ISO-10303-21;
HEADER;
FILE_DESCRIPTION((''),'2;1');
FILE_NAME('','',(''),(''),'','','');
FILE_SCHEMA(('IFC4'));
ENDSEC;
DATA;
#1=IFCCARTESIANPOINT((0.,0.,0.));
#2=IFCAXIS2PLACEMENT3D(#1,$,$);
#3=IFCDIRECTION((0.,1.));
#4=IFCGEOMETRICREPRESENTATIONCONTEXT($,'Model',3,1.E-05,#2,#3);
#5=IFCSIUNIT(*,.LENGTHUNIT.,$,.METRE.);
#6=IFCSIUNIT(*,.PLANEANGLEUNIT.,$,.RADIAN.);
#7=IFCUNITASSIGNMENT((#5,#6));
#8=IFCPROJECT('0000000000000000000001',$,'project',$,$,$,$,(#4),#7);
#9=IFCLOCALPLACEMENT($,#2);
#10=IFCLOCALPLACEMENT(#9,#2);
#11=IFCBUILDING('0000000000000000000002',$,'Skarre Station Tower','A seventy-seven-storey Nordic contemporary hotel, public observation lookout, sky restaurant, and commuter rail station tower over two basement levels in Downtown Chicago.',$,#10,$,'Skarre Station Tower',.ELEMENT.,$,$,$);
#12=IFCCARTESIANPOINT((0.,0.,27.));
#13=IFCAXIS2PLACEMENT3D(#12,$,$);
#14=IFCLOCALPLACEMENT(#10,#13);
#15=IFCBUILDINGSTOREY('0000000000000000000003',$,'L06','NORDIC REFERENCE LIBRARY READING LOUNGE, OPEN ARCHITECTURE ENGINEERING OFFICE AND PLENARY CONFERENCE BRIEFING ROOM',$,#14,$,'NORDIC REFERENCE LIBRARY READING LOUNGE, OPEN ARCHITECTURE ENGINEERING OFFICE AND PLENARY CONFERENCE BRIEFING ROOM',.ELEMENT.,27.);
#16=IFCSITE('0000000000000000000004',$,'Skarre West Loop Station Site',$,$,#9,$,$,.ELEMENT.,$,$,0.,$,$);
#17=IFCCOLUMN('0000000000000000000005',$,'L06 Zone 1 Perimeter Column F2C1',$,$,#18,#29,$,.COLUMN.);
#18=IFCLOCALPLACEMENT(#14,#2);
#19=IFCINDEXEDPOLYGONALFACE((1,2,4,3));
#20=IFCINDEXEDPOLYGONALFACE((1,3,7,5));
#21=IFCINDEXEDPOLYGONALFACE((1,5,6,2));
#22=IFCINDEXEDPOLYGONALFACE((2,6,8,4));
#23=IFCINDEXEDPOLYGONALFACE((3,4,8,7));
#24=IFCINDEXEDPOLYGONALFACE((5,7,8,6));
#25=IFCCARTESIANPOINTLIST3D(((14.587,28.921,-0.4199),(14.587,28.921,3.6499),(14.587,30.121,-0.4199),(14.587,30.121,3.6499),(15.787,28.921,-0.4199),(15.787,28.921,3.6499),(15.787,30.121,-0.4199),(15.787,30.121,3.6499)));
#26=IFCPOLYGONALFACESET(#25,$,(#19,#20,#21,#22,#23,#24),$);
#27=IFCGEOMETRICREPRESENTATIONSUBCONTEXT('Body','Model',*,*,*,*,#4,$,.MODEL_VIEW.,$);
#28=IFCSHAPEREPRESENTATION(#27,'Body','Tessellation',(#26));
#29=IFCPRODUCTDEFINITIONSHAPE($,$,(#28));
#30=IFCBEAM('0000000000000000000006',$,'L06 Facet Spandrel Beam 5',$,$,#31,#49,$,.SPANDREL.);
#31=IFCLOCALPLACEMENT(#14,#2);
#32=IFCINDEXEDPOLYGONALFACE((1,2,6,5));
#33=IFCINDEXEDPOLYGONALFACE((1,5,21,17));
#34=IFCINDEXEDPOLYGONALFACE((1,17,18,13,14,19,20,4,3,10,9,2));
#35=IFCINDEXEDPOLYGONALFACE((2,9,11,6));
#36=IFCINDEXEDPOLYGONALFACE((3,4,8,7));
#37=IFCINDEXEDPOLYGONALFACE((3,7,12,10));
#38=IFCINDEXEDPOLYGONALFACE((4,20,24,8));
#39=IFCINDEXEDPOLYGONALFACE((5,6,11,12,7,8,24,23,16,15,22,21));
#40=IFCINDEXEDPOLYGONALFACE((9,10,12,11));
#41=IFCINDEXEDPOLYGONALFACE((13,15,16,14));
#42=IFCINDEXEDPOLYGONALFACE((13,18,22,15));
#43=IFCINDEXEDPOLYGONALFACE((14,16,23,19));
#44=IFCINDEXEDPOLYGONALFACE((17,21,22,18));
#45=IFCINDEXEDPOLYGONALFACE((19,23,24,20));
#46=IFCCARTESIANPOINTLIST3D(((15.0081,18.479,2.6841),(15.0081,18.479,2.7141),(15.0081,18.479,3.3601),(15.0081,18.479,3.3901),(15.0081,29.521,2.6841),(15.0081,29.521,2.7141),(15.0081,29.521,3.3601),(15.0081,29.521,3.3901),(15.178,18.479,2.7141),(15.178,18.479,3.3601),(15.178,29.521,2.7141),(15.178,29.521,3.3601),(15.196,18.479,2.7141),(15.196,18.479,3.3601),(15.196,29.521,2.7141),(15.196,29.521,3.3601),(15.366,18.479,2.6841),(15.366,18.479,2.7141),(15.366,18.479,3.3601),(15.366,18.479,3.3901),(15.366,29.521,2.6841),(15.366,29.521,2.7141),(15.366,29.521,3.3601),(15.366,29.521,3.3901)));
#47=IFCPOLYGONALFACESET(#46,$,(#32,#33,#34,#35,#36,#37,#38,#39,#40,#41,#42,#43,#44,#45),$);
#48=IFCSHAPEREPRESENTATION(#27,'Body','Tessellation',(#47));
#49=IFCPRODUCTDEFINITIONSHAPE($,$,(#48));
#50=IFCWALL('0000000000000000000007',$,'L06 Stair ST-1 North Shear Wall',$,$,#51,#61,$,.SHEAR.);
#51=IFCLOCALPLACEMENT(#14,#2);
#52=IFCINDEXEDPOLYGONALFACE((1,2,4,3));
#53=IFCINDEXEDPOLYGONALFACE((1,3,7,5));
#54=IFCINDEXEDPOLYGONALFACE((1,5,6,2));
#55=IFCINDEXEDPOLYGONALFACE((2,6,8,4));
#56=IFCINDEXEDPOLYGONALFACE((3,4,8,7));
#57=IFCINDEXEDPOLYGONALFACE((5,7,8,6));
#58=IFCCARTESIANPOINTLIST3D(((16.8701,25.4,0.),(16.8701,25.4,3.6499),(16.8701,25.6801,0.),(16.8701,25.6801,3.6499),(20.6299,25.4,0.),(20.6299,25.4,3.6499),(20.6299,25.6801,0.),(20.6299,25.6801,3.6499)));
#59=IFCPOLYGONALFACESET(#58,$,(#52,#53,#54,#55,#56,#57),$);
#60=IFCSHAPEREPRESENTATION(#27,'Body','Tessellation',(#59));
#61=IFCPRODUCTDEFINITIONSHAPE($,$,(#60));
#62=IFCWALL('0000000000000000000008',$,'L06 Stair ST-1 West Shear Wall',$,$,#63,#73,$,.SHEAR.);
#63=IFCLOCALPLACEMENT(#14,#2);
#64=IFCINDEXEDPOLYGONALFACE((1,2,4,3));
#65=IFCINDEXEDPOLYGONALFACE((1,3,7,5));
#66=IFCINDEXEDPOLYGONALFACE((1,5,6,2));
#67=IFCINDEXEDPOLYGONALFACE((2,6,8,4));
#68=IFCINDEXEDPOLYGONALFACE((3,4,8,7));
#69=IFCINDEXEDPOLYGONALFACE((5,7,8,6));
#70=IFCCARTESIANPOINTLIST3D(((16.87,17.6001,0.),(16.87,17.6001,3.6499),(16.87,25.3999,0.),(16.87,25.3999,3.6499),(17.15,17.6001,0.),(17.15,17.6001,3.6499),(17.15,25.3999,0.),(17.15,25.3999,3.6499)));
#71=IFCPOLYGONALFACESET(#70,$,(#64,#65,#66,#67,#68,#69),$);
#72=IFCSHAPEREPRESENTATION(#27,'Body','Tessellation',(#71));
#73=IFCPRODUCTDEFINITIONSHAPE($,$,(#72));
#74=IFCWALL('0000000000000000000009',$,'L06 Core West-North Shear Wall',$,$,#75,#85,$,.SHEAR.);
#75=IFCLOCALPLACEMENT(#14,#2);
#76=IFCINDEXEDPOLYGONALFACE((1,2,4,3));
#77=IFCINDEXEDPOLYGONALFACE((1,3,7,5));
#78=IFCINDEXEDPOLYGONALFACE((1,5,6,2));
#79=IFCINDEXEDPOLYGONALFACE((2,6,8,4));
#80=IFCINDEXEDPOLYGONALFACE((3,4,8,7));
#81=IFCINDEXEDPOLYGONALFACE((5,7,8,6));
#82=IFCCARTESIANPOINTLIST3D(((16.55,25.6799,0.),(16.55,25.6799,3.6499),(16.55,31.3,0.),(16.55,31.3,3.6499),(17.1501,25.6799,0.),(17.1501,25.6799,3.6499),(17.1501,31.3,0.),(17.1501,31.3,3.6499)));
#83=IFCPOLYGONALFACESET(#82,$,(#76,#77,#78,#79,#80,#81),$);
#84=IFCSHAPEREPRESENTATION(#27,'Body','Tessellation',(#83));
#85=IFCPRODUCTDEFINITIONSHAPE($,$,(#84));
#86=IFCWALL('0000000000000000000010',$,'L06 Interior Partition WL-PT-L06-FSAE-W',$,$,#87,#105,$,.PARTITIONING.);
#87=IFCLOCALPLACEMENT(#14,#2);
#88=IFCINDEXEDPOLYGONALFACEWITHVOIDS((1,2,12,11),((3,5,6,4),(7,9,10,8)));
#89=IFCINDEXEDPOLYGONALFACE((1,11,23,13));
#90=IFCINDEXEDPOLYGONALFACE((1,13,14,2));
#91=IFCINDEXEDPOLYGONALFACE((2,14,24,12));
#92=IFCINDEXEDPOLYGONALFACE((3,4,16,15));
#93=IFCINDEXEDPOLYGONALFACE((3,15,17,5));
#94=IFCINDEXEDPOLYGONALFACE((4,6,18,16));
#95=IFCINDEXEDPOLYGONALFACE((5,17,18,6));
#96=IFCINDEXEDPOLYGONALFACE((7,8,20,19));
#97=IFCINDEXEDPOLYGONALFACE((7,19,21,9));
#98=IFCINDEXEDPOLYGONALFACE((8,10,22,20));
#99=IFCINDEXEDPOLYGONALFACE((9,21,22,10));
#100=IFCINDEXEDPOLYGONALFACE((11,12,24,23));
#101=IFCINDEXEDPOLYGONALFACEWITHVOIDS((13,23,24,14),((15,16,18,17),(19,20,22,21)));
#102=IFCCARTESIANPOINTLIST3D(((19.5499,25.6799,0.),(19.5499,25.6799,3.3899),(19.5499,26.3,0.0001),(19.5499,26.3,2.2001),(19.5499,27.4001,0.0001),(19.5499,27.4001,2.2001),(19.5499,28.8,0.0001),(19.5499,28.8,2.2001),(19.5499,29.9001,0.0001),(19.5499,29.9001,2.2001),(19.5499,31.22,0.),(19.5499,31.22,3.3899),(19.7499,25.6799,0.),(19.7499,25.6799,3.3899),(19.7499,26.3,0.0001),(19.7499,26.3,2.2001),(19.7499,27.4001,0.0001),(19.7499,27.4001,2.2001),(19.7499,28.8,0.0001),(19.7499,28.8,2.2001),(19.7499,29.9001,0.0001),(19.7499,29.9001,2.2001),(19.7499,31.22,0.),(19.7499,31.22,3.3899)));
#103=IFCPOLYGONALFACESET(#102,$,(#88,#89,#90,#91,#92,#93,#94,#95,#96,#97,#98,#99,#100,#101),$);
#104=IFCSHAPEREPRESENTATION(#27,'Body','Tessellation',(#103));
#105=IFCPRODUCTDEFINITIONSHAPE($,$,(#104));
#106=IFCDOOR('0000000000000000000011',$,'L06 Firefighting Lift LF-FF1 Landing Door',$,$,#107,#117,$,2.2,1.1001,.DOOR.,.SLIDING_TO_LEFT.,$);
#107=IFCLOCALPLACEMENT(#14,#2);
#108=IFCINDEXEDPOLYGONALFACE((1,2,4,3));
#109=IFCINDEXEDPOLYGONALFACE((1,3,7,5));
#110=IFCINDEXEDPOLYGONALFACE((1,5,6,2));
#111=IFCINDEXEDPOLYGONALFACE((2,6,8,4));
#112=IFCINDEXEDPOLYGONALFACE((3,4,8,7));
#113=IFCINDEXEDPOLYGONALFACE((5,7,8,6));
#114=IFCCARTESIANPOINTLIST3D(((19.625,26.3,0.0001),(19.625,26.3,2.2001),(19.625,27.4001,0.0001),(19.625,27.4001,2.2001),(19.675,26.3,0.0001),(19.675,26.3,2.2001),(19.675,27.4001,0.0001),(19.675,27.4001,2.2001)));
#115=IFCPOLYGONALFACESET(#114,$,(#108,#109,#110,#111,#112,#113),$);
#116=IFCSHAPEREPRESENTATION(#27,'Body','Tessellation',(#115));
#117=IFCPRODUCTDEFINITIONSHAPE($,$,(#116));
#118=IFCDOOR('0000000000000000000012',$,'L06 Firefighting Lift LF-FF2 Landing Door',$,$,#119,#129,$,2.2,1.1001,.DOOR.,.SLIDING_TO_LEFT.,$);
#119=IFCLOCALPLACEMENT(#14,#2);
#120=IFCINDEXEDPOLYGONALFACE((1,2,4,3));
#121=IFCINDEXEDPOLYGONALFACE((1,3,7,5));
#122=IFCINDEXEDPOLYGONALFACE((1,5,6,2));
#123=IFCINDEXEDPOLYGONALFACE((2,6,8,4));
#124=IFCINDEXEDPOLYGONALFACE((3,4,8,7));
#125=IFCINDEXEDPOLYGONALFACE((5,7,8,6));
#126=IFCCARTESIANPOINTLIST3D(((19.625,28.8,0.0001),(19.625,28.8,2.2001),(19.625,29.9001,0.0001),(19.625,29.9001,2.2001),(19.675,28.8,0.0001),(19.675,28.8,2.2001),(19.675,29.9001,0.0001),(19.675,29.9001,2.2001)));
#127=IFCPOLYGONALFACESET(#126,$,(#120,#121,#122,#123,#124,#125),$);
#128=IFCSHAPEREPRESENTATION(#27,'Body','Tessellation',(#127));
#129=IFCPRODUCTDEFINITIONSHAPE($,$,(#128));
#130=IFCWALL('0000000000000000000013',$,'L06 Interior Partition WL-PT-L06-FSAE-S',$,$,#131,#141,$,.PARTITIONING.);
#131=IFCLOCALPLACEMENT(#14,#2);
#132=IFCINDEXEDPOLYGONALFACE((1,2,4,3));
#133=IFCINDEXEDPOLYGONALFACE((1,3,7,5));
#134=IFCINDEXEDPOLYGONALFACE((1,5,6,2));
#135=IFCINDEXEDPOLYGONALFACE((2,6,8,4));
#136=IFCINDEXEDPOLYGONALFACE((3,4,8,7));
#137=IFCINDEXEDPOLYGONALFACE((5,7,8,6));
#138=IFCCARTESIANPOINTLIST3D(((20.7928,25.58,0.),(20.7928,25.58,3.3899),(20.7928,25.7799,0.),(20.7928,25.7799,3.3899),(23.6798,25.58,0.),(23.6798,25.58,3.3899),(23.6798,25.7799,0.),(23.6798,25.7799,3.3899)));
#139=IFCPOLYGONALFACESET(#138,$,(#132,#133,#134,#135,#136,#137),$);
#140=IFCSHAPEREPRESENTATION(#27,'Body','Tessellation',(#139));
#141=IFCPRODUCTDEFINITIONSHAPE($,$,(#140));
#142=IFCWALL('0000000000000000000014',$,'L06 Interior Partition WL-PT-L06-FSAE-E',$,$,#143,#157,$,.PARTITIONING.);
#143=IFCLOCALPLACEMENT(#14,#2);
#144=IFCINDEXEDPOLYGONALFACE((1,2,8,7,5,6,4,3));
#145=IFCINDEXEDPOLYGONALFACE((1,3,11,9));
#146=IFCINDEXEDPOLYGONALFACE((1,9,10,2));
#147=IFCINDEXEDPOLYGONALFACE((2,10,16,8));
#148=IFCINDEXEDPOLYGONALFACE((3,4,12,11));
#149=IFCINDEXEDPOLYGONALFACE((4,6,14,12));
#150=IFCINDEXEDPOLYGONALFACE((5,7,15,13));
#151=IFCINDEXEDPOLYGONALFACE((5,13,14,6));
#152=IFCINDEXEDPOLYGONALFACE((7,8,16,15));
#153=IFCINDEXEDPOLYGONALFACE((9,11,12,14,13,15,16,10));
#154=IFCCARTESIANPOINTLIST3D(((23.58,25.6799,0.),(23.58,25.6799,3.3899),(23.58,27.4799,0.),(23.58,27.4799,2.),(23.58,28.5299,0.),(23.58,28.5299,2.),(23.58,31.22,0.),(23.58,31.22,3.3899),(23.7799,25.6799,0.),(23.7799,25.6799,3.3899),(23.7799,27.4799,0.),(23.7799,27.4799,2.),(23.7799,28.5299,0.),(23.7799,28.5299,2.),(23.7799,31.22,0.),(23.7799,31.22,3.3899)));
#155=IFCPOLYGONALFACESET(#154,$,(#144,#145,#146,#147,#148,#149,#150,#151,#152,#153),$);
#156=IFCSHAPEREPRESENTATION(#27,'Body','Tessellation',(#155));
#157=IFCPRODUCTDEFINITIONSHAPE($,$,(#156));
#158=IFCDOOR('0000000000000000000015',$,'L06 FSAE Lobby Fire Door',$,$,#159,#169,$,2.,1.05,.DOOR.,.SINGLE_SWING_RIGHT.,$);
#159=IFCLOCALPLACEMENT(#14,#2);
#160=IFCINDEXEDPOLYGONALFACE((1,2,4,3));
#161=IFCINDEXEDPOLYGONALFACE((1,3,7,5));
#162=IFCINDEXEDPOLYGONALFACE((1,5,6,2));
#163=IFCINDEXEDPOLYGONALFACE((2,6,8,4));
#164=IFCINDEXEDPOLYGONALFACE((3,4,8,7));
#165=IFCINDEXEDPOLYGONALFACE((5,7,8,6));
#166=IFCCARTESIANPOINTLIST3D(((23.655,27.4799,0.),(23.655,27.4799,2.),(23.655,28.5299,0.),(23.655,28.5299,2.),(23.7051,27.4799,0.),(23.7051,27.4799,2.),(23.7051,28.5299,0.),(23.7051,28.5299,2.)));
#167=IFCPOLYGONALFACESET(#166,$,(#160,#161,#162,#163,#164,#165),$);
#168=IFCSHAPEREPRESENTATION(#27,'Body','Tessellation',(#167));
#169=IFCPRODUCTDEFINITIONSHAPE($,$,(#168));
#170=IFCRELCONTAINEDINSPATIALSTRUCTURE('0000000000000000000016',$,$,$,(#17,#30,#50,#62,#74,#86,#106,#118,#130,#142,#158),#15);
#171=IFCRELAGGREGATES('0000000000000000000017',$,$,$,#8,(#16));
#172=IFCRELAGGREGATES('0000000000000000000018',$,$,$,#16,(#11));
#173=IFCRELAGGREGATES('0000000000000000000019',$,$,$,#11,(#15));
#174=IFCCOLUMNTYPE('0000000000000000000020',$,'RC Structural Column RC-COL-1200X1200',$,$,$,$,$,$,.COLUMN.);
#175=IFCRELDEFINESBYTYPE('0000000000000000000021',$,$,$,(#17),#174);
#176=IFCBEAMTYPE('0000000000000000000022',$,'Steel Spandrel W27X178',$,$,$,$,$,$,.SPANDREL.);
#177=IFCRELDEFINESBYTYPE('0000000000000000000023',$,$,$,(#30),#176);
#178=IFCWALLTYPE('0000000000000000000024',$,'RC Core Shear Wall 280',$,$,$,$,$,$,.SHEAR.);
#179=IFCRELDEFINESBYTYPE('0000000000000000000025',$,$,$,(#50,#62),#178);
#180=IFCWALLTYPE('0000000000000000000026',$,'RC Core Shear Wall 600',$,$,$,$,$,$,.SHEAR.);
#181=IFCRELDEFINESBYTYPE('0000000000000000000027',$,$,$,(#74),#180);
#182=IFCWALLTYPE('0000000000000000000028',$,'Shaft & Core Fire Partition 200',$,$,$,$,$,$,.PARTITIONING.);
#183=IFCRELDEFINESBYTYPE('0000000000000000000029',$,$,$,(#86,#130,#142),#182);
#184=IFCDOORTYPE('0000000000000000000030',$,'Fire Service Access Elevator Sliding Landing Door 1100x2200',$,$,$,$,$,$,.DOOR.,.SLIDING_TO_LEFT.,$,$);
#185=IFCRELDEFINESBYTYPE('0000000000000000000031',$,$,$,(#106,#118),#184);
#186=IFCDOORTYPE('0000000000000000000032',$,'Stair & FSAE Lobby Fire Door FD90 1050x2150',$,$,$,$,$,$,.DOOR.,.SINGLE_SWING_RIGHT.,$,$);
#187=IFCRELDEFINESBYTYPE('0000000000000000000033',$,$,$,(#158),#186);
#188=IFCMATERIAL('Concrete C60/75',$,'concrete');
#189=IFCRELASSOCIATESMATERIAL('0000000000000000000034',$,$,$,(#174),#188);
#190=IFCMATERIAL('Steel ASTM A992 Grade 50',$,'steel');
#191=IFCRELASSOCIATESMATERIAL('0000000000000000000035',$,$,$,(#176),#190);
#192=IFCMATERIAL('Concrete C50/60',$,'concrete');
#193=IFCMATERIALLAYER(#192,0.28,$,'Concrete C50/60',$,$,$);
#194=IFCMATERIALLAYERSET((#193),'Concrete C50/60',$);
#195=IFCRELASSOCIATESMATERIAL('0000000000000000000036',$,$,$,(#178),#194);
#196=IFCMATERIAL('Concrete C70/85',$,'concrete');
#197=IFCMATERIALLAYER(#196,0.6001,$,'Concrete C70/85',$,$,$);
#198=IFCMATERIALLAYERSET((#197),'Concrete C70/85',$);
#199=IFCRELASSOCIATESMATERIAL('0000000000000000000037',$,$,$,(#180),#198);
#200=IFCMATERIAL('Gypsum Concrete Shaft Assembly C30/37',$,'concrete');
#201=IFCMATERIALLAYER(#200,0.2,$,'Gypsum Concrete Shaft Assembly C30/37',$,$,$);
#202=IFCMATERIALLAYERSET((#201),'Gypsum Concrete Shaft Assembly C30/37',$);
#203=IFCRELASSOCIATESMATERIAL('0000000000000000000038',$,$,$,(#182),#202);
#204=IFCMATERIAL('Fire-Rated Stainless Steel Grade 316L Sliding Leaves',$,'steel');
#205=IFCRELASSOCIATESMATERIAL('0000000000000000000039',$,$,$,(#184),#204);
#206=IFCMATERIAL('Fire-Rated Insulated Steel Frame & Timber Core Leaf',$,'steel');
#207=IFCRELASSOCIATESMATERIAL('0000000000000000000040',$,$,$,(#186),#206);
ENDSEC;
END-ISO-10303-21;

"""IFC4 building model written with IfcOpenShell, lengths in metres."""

from ifc_helpers import new_model, si_unit, direction, frame, frame_2d, origin, origin_2d, place, context, subcontext, project, spatial, rectangle, i_section, extrude, material, layer, layer_set, material_profile, profile_set, type_object, element, fill, save


model = new_model("IFC4")

# Units and contexts
model_context = context("Model", 3, precision=1e-05, world=origin(), true_north=direction((0.0, 1.0)))
body_context = subcontext(model_context, "Body", "Model", "MODEL_VIEW")
ifc_project = project(units=[si_unit("LENGTHUNIT", "METRE"), si_unit("PLANEANGLEUNIT", "RADIAN")], contexts=[model_context])

# Site, building, storey
site_placement = place(None, origin())
site = spatial("IfcSite", under=ifc_project, at=site_placement, Name="Skarre West Loop Station Site", CompositionType="ELEMENT", RefElevation=0.0)
building_placement = place(site_placement, origin())
building = spatial("IfcBuilding", under=site, at=building_placement, Name="Skarre Station Tower", Description="A seventy-seven-storey Nordic contemporary hotel, public observation lookout, sky restaurant, and commuter rail station tower over two basement levels in Downtown Chicago.", LongName="Skarre Station Tower", CompositionType="ELEMENT")
storey_placement = place(building_placement, frame((0.0, 0.0, 27.0)))
storey = spatial("IfcBuildingStorey", under=building, at=storey_placement, Name="L06", Description="NORDIC REFERENCE LIBRARY READING LOUNGE, OPEN ARCHITECTURE ENGINEERING OFFICE AND PLENARY CONFERENCE BRIEFING ROOM", LongName="NORDIC REFERENCE LIBRARY READING LOUNGE, OPEN ARCHITECTURE ENGINEERING OFFICE AND PLENARY CONFERENCE BRIEFING ROOM", CompositionType="ELEMENT", Elevation=27.0)

# Column
ifc_material_1 = material(Name="Concrete C60/75", Category="concrete")
ifc_material_profile_1 = material_profile(ifc_material_1, rectangle(XDim=1.2, YDim=1.2, at=origin_2d()), Name="Concrete C60/75")
ifc_profile_set_1 = profile_set([ifc_material_profile_1], Name="Concrete C60/75")
column_type = type_object("IfcColumnType", Name="RC Structural Column RC-COL-1200X1200", PredefinedType="COLUMN", material=ifc_profile_set_1)
column_placement = place(storey_placement, frame((15.187, 29.521, -0.4199), z_axis=(0.0, 0.0, 1.0), x_axis=(1.0, 0.0, 0.0)))
element("IfcColumn", 1, at=column_placement, inside=storey, type_object=column_type, Name="L06 Zone 1 Perimeter Column F2C1", PredefinedType="COLUMN", context=body_context, shape_type="SweptSolid", body=[
    extrude(rectangle(XDim=1.2, YDim=1.2, at=origin_2d()), origin(), (0.0, 0.0, 1.0), 4.0698),
])

# Beam
ifc_material_2 = material(Name="Steel ASTM A992 Grade 50", Category="steel")
ifc_material_profile_2 = material_profile(ifc_material_2, i_section(OverallWidth=0.3579, OverallDepth=0.7061, WebThickness=0.0181, FlangeThickness=0.03, at=origin_2d()), Name="Steel ASTM A992 Grade 50")
ifc_profile_set_2 = profile_set([ifc_material_profile_2], Name="Steel ASTM A992 Grade 50")
beam_type = type_object("IfcBeamType", Name="Steel Spandrel W27X178", PredefinedType="SPANDREL", material=ifc_profile_set_2)
beam_placement = place(storey_placement, frame((15.187, 29.521, 3.0371), z_axis=(0.0, -1.0, 0.0), x_axis=(1.0, 0.0, 0.0)))
element("IfcBeam", 2, at=beam_placement, inside=storey, type_object=beam_type, Name="L06 Facet Spandrel Beam 5", PredefinedType="SPANDREL", context=body_context, shape_type="SweptSolid", body=[
    extrude(i_section(OverallWidth=0.3579, OverallDepth=0.7061, WebThickness=0.0181, FlangeThickness=0.03, at=origin_2d()), origin(), (0.0, 0.0, 1.0), 11.042),
])

# Walls
ifc_material_3 = material(Name="Concrete C50/60", Category="concrete")
ifc_layer_1 = layer(ifc_material_3, 0.28, Name="Concrete C50/60")
ifc_layer_set_1 = layer_set([ifc_layer_1], Name="Concrete C50/60")
wall_type_1 = type_object("IfcWallType", Name="RC Core Shear Wall 280", PredefinedType="SHEAR", material=ifc_layer_set_1)
wall_1_placement = place(storey_placement, frame((20.6299, 25.54, 0.0), z_axis=(0.0, 0.0, 1.0), x_axis=(-1.0, 0.0, 0.0)))
element("IfcWall", 3, at=wall_1_placement, inside=storey, type_object=wall_type_1, Name="L06 Stair ST-1 North Shear Wall", PredefinedType="SHEAR", context=body_context, shape_type="SweptSolid", body=[
    extrude(rectangle(XDim=3.7598, YDim=0.28, at=frame_2d((1.8799, 0.0))), origin(), (0.0, 0.0, 1.0), 3.6499),
])
wall_2_placement = place(storey_placement, frame((17.01, 25.3999, 0.0), z_axis=(0.0, 0.0, 1.0), x_axis=(0.0, -1.0, 0.0)))
element("IfcWall", 4, at=wall_2_placement, inside=storey, type_object=wall_type_1, Name="L06 Stair ST-1 West Shear Wall", PredefinedType="SHEAR", context=body_context, shape_type="SweptSolid", body=[
    extrude(rectangle(XDim=7.7998, YDim=0.28, at=frame_2d((3.8999, 0.0))), origin(), (0.0, 0.0, 1.0), 3.6499),
])
ifc_material_4 = material(Name="Concrete C70/85", Category="concrete")
ifc_layer_2 = layer(ifc_material_4, 0.6001, Name="Concrete C70/85")
ifc_layer_set_2 = layer_set([ifc_layer_2], Name="Concrete C70/85")
wall_type_2 = type_object("IfcWallType", Name="RC Core Shear Wall 600", PredefinedType="SHEAR", material=ifc_layer_set_2)
wall_3_placement = place(storey_placement, frame((16.8501, 25.6799, 0.0), z_axis=(0.0, 0.0, 1.0), x_axis=(0.0, 1.0, 0.0)))
element("IfcWall", 5, at=wall_3_placement, inside=storey, type_object=wall_type_2, Name="L06 Core West-North Shear Wall", PredefinedType="SHEAR", context=body_context, shape_type="SweptSolid", body=[
    extrude(rectangle(XDim=5.6201, YDim=0.6001, at=frame_2d((2.8101, 0.0))), origin(), (0.0, 0.0, 1.0), 3.6499),
])

# Wall, openings, doors
ifc_material_5 = material(Name="Gypsum Concrete Shaft Assembly C30/37", Category="concrete")
ifc_layer_3 = layer(ifc_material_5, 0.2, Name="Gypsum Concrete Shaft Assembly C30/37")
ifc_layer_set_3 = layer_set([ifc_layer_3], Name="Gypsum Concrete Shaft Assembly C30/37")
wall_type_3 = type_object("IfcWallType", Name="Shaft & Core Fire Partition 200", PredefinedType="PARTITIONING", material=ifc_layer_set_3)
wall_4_placement = place(storey_placement, frame((19.6499, 25.6799, 0.0), z_axis=(0.0, 0.0, 1.0), x_axis=(0.0, 1.0, 0.0)))
wall_4 = element("IfcWall", 6, at=wall_4_placement, inside=storey, type_object=wall_type_3, Name="L06 Interior Partition WL-PT-L06-FSAE-W", PredefinedType="PARTITIONING", context=body_context, shape_type="SweptSolid", body=[
    extrude(rectangle(XDim=5.54, YDim=0.2, at=frame_2d((2.77, 0.0))), origin(), (0.0, 0.0, 1.0), 3.3899),
])
opening_1_placement = place(wall_4_placement, frame((0.6201, 0.0, 0.0)))
opening_1 = element("IfcOpeningElement", 7, at=opening_1_placement, cuts=wall_4, PredefinedType="OPENING", context=body_context, shape_type="SweptSolid", body=[
    extrude(rectangle(XDim=1.1001, YDim=2.2, at=frame_2d((0.55, 1.1001))), frame((0.0, 0.1099, 0.0), z_axis=(0.0, -1.0, 0.0), x_axis=(1.0, 0.0, 0.0)), (0.0, 0.0, 1.0), 0.22),
])
opening_2_placement = place(wall_4_placement, frame((3.1201, 0.0, 0.0)))
opening_2 = element("IfcOpeningElement", 8, at=opening_2_placement, cuts=wall_4, PredefinedType="OPENING", context=body_context, shape_type="SweptSolid", body=[
    extrude(rectangle(XDim=1.1001, YDim=2.2, at=frame_2d((0.55, 1.1001))), frame((0.0, 0.1099, 0.0), z_axis=(0.0, -1.0, 0.0), x_axis=(1.0, 0.0, 0.0)), (0.0, 0.0, 1.0), 0.22),
])
ifc_material_6 = material(Name="Fire-Rated Stainless Steel Grade 316L Sliding Leaves", Category="steel")
door_type_1 = type_object("IfcDoorType", Name="Fire Service Access Elevator Sliding Landing Door 1100x2200", OperationType="SLIDING_TO_LEFT", PredefinedType="DOOR", material=ifc_material_6)
door_1_placement = place(opening_1_placement, origin())
door_1 = element("IfcDoor", 9, at=door_1_placement, inside=storey, type_object=door_type_1, Name="L06 Firefighting Lift LF-FF1 Landing Door", OperationType="SLIDING_TO_LEFT", OverallHeight=2.2, OverallWidth=1.1001, PredefinedType="DOOR", context=body_context, shape_type="SweptSolid", body=[
    extrude(rectangle(XDim=1.1001, YDim=2.2, at=frame_2d((0.55, 1.1001))), frame((0.0, 0.0249, 0.0), z_axis=(0.0, -1.0, 0.0), x_axis=(1.0, 0.0, 0.0)), (0.0, 0.0, 1.0), 0.05),
])
fill(opening_1, door_1)
door_2_placement = place(opening_2_placement, origin())
door_2 = element("IfcDoor", 10, at=door_2_placement, inside=storey, type_object=door_type_1, Name="L06 Firefighting Lift LF-FF2 Landing Door", OperationType="SLIDING_TO_LEFT", OverallHeight=2.2, OverallWidth=1.1001, PredefinedType="DOOR", context=body_context, shape_type="SweptSolid", body=[
    extrude(rectangle(XDim=1.1001, YDim=2.2, at=frame_2d((0.55, 1.1001))), frame((0.0, 0.0249, 0.0), z_axis=(0.0, -1.0, 0.0), x_axis=(1.0, 0.0, 0.0)), (0.0, 0.0, 1.0), 0.05),
])
fill(opening_2, door_2)

# Wall
wall_5_placement = place(storey_placement, frame((20.793, 25.6799, 0.0), z_axis=(0.0, 0.0, 1.0), x_axis=(1.0, 0.0, 0.0)))
element("IfcWall", 11, at=wall_5_placement, inside=storey, type_object=wall_type_3, Name="L06 Interior Partition WL-PT-L06-FSAE-S", PredefinedType="PARTITIONING", context=body_context, shape_type="SweptSolid", body=[
    extrude(rectangle(XDim=2.887, YDim=0.2, at=frame_2d((1.4434, 0.0))), origin(), (0.0, 0.0, 1.0), 3.3899),
])

# Wall, opening, door
wall_6_placement = place(storey_placement, frame((23.6799, 25.6799, 0.0), z_axis=(0.0, 0.0, 1.0), x_axis=(0.0, 1.0, 0.0)))
wall_6 = element("IfcWall", 12, at=wall_6_placement, inside=storey, type_object=wall_type_3, Name="L06 Interior Partition WL-PT-L06-FSAE-E", PredefinedType="PARTITIONING", context=body_context, shape_type="SweptSolid", body=[
    extrude(rectangle(XDim=5.54, YDim=0.2, at=frame_2d((2.77, 0.0))), origin(), (0.0, 0.0, 1.0), 3.3899),
])
opening_3_placement = place(wall_6_placement, frame((1.8, 0.0, 0.0)))
opening_3 = element("IfcOpeningElement", 13, at=opening_3_placement, cuts=wall_6, PredefinedType="OPENING", context=body_context, shape_type="SweptSolid", body=[
    extrude(rectangle(XDim=1.05, YDim=2.0, at=frame_2d((0.5249, 1.0))), frame((0.0, 0.1099, 0.0), z_axis=(0.0, -1.0, 0.0), x_axis=(1.0, 0.0, 0.0)), (0.0, 0.0, 1.0), 0.22),
])
ifc_material_7 = material(Name="Fire-Rated Insulated Steel Frame & Timber Core Leaf", Category="steel")
door_type_2 = type_object("IfcDoorType", Name="Stair & FSAE Lobby Fire Door FD90 1050x2150", OperationType="SINGLE_SWING_RIGHT", PredefinedType="DOOR", material=ifc_material_7)
door_3_placement = place(opening_3_placement, origin())
door_3 = element("IfcDoor", 14, at=door_3_placement, inside=storey, type_object=door_type_2, Name="L06 FSAE Lobby Fire Door", OperationType="SINGLE_SWING_RIGHT", OverallHeight=2.0, OverallWidth=1.05, PredefinedType="DOOR", context=body_context, shape_type="SweptSolid", body=[
    extrude(rectangle(XDim=1.05, YDim=2.0, at=frame_2d((0.5249, 1.0))), frame((0.0, 0.0249, 0.0), z_axis=(0.0, -1.0, 0.0), x_axis=(1.0, 0.0, 0.0)), (0.0, 0.0, 1.0), 0.05),
])
fill(opening_3, door_3)

save(model, "model.ifc")
